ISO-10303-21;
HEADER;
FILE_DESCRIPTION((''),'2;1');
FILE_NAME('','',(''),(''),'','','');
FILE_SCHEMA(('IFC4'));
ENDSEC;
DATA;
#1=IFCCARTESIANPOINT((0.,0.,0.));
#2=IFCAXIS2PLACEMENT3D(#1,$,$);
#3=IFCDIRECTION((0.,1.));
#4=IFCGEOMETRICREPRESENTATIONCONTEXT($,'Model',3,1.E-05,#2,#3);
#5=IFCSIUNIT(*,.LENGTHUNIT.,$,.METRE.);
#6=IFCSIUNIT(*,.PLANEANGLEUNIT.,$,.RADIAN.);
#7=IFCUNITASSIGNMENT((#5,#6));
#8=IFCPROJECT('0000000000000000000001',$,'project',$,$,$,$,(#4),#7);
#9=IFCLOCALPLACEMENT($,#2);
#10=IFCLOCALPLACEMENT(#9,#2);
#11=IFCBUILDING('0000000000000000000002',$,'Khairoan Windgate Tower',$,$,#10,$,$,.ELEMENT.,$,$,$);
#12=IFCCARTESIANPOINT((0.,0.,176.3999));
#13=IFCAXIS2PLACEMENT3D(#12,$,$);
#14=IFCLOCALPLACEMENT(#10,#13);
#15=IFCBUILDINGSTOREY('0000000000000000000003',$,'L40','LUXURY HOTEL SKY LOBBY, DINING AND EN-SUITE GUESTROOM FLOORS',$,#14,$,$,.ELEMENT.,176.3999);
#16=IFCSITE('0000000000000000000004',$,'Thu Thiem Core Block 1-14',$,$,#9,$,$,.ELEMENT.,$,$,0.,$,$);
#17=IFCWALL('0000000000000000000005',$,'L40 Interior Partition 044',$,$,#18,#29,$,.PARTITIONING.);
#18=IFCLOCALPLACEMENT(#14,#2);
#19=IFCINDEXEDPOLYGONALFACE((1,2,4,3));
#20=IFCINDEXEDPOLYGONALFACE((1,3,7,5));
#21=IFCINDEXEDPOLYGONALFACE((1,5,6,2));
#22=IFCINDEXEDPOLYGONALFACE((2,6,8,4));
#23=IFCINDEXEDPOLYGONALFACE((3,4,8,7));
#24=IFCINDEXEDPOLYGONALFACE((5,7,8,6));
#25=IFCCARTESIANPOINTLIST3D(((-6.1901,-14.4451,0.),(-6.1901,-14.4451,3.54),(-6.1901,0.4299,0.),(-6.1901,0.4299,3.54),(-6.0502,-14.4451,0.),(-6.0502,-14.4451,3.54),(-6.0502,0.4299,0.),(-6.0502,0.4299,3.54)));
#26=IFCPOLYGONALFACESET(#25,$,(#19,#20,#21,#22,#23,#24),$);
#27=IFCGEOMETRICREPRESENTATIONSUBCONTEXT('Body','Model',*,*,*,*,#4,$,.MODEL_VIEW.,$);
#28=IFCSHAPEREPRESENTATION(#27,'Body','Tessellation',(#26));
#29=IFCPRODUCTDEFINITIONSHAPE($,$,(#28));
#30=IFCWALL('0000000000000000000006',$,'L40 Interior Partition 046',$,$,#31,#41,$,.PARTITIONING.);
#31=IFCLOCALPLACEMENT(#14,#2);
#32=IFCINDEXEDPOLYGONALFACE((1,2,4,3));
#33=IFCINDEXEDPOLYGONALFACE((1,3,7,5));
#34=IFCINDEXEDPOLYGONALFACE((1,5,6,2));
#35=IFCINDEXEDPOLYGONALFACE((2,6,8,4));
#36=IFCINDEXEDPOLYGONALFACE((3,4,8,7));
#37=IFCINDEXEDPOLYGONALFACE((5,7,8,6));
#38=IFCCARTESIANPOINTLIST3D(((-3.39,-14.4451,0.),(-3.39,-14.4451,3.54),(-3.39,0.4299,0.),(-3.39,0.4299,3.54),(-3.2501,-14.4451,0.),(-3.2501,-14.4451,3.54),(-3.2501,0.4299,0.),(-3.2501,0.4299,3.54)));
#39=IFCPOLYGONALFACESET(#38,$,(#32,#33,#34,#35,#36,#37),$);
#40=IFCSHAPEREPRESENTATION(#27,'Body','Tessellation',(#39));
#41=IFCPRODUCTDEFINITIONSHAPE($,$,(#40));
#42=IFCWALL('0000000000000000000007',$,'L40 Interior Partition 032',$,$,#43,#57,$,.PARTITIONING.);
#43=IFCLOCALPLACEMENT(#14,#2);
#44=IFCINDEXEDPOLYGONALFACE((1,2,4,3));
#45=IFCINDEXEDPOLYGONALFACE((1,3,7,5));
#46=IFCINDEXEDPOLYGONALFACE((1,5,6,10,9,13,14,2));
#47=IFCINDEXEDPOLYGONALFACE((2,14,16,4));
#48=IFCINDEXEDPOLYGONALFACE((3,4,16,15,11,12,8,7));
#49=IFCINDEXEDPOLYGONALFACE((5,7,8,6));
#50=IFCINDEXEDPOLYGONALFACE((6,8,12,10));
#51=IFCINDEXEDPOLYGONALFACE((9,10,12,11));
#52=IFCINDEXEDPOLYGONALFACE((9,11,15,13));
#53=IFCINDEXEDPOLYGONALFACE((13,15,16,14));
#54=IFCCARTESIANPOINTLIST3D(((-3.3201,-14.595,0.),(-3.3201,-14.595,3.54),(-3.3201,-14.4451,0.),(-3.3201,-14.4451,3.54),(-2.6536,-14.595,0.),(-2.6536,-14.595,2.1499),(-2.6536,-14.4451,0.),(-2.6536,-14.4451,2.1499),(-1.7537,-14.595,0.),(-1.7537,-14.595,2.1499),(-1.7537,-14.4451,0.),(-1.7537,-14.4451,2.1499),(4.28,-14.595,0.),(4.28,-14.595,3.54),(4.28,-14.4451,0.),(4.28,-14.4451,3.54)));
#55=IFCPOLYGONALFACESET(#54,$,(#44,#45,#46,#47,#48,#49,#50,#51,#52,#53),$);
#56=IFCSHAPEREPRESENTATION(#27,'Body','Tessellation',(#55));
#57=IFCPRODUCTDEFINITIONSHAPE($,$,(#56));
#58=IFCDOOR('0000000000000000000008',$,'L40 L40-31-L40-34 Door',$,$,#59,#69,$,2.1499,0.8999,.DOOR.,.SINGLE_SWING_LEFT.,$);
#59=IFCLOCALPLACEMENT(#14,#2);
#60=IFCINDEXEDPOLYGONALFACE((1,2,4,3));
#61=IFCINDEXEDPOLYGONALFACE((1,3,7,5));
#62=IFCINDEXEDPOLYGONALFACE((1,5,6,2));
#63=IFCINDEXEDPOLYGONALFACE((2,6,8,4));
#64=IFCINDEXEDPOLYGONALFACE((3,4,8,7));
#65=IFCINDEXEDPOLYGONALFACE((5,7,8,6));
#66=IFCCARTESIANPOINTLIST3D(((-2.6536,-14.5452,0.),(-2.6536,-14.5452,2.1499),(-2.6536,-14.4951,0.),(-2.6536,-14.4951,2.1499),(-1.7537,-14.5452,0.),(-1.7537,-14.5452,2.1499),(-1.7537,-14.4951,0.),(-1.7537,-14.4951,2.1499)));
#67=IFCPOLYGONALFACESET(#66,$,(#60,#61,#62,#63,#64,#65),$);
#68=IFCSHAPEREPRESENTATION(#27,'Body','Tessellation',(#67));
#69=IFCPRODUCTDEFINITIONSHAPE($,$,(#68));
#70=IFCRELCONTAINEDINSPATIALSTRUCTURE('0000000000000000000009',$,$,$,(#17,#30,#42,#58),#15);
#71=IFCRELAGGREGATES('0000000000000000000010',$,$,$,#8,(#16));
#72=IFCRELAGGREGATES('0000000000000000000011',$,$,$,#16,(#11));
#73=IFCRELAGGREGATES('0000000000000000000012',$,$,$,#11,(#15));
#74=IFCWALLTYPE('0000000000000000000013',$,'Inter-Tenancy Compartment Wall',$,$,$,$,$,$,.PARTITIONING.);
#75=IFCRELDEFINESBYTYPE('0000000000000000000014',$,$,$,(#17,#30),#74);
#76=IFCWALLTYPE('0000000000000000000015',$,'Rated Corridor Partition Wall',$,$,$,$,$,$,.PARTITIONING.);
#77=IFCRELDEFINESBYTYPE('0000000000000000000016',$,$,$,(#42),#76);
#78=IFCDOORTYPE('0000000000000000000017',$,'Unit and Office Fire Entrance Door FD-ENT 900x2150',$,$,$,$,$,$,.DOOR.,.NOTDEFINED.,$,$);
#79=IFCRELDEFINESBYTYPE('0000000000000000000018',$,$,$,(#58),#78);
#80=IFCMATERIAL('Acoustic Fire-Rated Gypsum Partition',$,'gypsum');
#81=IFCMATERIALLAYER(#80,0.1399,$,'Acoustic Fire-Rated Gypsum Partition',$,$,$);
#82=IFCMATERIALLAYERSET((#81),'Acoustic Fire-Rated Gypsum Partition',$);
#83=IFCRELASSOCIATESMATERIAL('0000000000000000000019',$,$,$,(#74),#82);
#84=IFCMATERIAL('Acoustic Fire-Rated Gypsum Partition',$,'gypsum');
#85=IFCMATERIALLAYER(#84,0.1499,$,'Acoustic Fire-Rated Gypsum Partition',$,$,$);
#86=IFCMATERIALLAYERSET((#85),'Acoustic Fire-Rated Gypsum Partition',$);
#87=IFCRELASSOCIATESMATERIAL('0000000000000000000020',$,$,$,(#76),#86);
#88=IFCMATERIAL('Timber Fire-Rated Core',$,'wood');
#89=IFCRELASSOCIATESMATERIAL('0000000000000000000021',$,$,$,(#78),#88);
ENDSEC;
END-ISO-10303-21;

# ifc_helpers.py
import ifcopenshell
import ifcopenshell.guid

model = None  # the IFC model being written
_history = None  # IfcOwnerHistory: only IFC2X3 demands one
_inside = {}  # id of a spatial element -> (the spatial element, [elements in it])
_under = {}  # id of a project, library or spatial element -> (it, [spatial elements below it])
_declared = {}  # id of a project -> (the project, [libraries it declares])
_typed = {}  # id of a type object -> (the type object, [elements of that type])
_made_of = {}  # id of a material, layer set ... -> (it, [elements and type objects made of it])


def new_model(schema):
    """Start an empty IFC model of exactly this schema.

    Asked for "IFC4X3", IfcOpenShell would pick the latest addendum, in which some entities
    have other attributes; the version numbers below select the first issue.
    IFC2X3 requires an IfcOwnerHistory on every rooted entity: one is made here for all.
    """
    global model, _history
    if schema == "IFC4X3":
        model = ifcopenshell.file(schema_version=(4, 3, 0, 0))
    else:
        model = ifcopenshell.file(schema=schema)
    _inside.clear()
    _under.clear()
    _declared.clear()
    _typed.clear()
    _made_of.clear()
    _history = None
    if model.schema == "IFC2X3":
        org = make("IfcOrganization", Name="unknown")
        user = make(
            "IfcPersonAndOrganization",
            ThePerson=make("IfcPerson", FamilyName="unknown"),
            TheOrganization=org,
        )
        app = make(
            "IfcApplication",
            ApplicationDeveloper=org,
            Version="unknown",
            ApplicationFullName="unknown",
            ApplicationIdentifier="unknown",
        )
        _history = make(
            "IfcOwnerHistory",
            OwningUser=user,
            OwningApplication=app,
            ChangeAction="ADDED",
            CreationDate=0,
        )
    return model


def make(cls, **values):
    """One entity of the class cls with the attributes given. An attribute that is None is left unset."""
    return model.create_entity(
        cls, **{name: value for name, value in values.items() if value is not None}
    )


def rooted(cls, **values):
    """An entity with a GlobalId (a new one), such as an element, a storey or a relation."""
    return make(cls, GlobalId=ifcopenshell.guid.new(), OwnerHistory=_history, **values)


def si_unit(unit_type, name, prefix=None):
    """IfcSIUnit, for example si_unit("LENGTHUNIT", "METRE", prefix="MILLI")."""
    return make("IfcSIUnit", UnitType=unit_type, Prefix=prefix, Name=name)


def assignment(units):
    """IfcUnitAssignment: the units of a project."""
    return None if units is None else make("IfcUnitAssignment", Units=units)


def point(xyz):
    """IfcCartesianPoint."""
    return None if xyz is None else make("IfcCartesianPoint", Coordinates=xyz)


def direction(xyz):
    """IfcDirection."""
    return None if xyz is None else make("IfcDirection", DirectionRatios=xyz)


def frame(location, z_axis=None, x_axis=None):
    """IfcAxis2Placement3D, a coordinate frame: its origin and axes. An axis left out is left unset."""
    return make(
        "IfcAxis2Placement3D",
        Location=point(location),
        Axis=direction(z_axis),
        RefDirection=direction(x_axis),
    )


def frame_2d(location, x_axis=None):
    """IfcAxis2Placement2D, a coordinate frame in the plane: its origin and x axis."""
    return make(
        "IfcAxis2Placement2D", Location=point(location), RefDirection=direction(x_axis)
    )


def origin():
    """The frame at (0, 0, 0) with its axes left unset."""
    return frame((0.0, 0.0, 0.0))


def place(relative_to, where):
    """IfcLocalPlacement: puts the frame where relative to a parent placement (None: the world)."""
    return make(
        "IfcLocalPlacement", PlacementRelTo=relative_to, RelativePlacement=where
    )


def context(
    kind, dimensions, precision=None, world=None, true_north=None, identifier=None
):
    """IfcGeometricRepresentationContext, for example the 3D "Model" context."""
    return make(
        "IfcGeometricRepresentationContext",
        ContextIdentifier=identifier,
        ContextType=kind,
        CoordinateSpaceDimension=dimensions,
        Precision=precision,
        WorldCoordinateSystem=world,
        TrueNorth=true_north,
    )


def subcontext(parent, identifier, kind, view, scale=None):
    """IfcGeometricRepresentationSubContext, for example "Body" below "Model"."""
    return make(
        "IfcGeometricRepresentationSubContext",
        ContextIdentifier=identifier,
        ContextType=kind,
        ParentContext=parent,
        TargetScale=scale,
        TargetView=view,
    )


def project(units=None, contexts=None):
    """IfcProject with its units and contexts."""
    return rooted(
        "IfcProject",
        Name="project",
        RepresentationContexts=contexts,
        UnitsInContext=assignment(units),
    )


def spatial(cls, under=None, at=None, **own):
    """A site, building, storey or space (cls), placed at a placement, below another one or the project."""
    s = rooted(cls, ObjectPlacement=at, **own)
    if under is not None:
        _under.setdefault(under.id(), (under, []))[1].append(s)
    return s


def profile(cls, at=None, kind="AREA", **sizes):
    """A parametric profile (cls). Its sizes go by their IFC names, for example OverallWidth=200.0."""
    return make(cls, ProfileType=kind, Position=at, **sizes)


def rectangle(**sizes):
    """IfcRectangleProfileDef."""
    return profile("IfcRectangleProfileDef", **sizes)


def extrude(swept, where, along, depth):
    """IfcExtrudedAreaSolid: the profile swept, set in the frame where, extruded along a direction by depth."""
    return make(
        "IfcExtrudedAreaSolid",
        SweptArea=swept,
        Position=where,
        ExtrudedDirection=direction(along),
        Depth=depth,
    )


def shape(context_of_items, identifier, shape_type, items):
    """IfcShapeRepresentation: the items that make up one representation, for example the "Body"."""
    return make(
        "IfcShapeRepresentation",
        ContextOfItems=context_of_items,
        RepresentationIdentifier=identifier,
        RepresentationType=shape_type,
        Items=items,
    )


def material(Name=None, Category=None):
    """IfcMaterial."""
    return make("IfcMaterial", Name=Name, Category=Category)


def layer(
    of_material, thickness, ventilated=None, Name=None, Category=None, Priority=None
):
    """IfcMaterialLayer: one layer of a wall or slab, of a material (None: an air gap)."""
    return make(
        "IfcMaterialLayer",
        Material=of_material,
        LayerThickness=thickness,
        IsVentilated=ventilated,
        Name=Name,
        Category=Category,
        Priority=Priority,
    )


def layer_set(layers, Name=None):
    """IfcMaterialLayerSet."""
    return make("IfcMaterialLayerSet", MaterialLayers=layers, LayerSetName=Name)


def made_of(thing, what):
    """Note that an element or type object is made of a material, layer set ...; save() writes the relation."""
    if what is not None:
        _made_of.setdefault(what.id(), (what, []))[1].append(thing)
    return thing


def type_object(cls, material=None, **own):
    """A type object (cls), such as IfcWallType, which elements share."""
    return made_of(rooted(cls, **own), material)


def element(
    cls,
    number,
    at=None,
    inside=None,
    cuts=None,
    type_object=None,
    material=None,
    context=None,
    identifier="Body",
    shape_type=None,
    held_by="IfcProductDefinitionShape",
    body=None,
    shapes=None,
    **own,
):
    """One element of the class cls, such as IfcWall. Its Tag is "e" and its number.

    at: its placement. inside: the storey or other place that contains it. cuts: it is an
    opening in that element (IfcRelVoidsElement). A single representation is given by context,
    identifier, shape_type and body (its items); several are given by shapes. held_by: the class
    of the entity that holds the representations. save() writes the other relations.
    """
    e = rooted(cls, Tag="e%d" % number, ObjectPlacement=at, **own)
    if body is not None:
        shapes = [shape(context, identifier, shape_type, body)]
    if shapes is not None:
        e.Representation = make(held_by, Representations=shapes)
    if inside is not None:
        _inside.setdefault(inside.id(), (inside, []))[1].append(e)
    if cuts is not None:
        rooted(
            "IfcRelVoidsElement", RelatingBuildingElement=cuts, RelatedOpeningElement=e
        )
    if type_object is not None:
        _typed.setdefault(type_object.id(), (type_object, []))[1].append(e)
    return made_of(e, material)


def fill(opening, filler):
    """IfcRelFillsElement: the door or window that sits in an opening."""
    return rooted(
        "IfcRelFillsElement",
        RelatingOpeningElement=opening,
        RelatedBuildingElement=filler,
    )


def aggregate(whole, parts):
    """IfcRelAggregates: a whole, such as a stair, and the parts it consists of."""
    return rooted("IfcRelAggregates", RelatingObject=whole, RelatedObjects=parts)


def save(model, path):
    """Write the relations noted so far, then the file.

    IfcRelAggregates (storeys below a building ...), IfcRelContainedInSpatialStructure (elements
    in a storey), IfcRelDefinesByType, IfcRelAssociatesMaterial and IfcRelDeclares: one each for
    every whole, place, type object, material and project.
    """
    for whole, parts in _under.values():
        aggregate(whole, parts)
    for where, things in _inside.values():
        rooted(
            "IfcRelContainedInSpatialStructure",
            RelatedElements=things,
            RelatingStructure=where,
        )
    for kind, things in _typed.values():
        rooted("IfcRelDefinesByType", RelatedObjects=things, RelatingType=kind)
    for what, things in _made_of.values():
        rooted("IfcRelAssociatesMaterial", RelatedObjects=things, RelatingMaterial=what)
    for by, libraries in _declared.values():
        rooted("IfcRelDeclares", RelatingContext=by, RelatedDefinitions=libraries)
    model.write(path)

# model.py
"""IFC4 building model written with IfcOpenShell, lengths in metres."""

from ifc_helpers import new_model, si_unit, direction, frame, frame_2d, origin, place, context, subcontext, project, spatial, rectangle, extrude, material, layer, layer_set, type_object, element, fill, save


model = new_model("IFC4")

# Units and contexts
model_context = context("Model", 3, precision=1e-05, world=origin(), true_north=direction((0.0, 1.0)))
body_context = subcontext(model_context, "Body", "Model", "MODEL_VIEW")
ifc_project = project(units=[si_unit("LENGTHUNIT", "METRE"), si_unit("PLANEANGLEUNIT", "RADIAN")], contexts=[model_context])

# Site, building, storey
site_placement = place(None, origin())
site = spatial("IfcSite", under=ifc_project, at=site_placement, Name="Thu Thiem Core Block 1-14", CompositionType="ELEMENT", RefElevation=0.0)
building_placement = place(site_placement, origin())
building = spatial("IfcBuilding", under=site, at=building_placement, Name="Khairoan Windgate Tower", CompositionType="ELEMENT")
storey_placement = place(building_placement, frame((0.0, 0.0, 176.3999)))
storey = spatial("IfcBuildingStorey", under=building, at=storey_placement, Name="L40", Description="LUXURY HOTEL SKY LOBBY, DINING AND EN-SUITE GUESTROOM FLOORS", CompositionType="ELEMENT", Elevation=176.3999)

# Walls
ifc_material_1 = material(Name="Acoustic Fire-Rated Gypsum Partition", Category="gypsum")
ifc_layer_1 = layer(ifc_material_1, 0.1399, Name="Acoustic Fire-Rated Gypsum Partition")
ifc_layer_set_1 = layer_set([ifc_layer_1], Name="Acoustic Fire-Rated Gypsum Partition")
wall_type_1 = type_object("IfcWallType", Name="Inter-Tenancy Compartment Wall", PredefinedType="PARTITIONING", material=ifc_layer_set_1)
for number, where, z_axis, x_axis, name in (
    (1, (-6.1201, -14.4451, 0.0), (0.0, 0.0, 1.0), (0.0, 1.0, 0.0), "L40 Interior Partition 044"),
    (2, (-3.3201, -14.4451, 0.0), (0.0, 0.0, 1.0), (0.0, 1.0, 0.0), "L40 Interior Partition 046"),
):
    element("IfcWall", number, at=place(storey_placement, frame(where, z_axis=z_axis, x_axis=x_axis)), inside=storey, type_object=wall_type_1, Name=name, PredefinedType="PARTITIONING", context=body_context, shape_type="SweptSolid", body=[
        extrude(rectangle(XDim=14.875, YDim=0.1399, at=frame_2d((7.4375, 0.0))), origin(), (0.0, 0.0, 1.0), 3.54),
    ])

# Wall, opening, door
ifc_material_2 = material(Name="Acoustic Fire-Rated Gypsum Partition", Category="gypsum")
ifc_layer_2 = layer(ifc_material_2, 0.1499, Name="Acoustic Fire-Rated Gypsum Partition")
ifc_layer_set_2 = layer_set([ifc_layer_2], Name="Acoustic Fire-Rated Gypsum Partition")
wall_type_2 = type_object("IfcWallType", Name="Rated Corridor Partition Wall", PredefinedType="PARTITIONING", material=ifc_layer_set_2)
ifc_material_3 = material(Name="Timber Fire-Rated Core", Category="wood")
door_type_1 = type_object("IfcDoorType", Name="Unit and Office Fire Entrance Door FD-ENT 900x2150", OperationType="NOTDEFINED", PredefinedType="DOOR", material=ifc_material_3)
wall_1_placement = place(storey_placement, frame((-3.3201, -14.52, 0.0), z_axis=(0.0, 0.0, 1.0), x_axis=(1.0, 0.0, 0.0)))
wall_1 = element("IfcWall", 3, at=wall_1_placement, inside=storey, type_object=wall_type_2, Name="L40 Interior Partition 032", PredefinedType="PARTITIONING", context=body_context, shape_type="SweptSolid", body=[
    extrude(rectangle(XDim=7.6001, YDim=0.1499, at=frame_2d((3.8, 0.0))), origin(), (0.0, 0.0, 1.0), 3.54),
])
opening_1_placement = place(wall_1_placement, frame((0.6665, 0.0, 0.0)))
opening_1 = element("IfcOpeningElement", 4, at=opening_1_placement, cuts=wall_1, PredefinedType="OPENING", context=body_context, shape_type="SweptSolid", body=[
    extrude(rectangle(XDim=0.8999, YDim=2.1499, at=frame_2d((0.45, 1.075))), frame((0.0, 0.085, 0.0), z_axis=(0.0, -1.0, 0.0), x_axis=(1.0, 0.0, 0.0)), (0.0, 0.0, 1.0), 0.1699),
])
door_1_placement = place(opening_1_placement, origin())
door_1 = element("IfcDoor", 5, at=door_1_placement, inside=storey, type_object=door_type_1, Name="L40 L40-31-L40-34 Door", OperationType="SINGLE_SWING_LEFT", OverallHeight=2.1499, OverallWidth=0.8999, PredefinedType="DOOR", context=body_context, shape_type="SweptSolid", body=[
    extrude(rectangle(XDim=0.8999, YDim=2.1499, at=frame_2d((0.45, 1.075))), frame((0.0, 0.0249, 0.0), z_axis=(0.0, -1.0, 0.0), x_axis=(1.0, 0.0, 0.0)), (0.0, 0.0, 1.0), 0.05),
])
fill(opening_1, door_1)

save(model, "model.ifc")
